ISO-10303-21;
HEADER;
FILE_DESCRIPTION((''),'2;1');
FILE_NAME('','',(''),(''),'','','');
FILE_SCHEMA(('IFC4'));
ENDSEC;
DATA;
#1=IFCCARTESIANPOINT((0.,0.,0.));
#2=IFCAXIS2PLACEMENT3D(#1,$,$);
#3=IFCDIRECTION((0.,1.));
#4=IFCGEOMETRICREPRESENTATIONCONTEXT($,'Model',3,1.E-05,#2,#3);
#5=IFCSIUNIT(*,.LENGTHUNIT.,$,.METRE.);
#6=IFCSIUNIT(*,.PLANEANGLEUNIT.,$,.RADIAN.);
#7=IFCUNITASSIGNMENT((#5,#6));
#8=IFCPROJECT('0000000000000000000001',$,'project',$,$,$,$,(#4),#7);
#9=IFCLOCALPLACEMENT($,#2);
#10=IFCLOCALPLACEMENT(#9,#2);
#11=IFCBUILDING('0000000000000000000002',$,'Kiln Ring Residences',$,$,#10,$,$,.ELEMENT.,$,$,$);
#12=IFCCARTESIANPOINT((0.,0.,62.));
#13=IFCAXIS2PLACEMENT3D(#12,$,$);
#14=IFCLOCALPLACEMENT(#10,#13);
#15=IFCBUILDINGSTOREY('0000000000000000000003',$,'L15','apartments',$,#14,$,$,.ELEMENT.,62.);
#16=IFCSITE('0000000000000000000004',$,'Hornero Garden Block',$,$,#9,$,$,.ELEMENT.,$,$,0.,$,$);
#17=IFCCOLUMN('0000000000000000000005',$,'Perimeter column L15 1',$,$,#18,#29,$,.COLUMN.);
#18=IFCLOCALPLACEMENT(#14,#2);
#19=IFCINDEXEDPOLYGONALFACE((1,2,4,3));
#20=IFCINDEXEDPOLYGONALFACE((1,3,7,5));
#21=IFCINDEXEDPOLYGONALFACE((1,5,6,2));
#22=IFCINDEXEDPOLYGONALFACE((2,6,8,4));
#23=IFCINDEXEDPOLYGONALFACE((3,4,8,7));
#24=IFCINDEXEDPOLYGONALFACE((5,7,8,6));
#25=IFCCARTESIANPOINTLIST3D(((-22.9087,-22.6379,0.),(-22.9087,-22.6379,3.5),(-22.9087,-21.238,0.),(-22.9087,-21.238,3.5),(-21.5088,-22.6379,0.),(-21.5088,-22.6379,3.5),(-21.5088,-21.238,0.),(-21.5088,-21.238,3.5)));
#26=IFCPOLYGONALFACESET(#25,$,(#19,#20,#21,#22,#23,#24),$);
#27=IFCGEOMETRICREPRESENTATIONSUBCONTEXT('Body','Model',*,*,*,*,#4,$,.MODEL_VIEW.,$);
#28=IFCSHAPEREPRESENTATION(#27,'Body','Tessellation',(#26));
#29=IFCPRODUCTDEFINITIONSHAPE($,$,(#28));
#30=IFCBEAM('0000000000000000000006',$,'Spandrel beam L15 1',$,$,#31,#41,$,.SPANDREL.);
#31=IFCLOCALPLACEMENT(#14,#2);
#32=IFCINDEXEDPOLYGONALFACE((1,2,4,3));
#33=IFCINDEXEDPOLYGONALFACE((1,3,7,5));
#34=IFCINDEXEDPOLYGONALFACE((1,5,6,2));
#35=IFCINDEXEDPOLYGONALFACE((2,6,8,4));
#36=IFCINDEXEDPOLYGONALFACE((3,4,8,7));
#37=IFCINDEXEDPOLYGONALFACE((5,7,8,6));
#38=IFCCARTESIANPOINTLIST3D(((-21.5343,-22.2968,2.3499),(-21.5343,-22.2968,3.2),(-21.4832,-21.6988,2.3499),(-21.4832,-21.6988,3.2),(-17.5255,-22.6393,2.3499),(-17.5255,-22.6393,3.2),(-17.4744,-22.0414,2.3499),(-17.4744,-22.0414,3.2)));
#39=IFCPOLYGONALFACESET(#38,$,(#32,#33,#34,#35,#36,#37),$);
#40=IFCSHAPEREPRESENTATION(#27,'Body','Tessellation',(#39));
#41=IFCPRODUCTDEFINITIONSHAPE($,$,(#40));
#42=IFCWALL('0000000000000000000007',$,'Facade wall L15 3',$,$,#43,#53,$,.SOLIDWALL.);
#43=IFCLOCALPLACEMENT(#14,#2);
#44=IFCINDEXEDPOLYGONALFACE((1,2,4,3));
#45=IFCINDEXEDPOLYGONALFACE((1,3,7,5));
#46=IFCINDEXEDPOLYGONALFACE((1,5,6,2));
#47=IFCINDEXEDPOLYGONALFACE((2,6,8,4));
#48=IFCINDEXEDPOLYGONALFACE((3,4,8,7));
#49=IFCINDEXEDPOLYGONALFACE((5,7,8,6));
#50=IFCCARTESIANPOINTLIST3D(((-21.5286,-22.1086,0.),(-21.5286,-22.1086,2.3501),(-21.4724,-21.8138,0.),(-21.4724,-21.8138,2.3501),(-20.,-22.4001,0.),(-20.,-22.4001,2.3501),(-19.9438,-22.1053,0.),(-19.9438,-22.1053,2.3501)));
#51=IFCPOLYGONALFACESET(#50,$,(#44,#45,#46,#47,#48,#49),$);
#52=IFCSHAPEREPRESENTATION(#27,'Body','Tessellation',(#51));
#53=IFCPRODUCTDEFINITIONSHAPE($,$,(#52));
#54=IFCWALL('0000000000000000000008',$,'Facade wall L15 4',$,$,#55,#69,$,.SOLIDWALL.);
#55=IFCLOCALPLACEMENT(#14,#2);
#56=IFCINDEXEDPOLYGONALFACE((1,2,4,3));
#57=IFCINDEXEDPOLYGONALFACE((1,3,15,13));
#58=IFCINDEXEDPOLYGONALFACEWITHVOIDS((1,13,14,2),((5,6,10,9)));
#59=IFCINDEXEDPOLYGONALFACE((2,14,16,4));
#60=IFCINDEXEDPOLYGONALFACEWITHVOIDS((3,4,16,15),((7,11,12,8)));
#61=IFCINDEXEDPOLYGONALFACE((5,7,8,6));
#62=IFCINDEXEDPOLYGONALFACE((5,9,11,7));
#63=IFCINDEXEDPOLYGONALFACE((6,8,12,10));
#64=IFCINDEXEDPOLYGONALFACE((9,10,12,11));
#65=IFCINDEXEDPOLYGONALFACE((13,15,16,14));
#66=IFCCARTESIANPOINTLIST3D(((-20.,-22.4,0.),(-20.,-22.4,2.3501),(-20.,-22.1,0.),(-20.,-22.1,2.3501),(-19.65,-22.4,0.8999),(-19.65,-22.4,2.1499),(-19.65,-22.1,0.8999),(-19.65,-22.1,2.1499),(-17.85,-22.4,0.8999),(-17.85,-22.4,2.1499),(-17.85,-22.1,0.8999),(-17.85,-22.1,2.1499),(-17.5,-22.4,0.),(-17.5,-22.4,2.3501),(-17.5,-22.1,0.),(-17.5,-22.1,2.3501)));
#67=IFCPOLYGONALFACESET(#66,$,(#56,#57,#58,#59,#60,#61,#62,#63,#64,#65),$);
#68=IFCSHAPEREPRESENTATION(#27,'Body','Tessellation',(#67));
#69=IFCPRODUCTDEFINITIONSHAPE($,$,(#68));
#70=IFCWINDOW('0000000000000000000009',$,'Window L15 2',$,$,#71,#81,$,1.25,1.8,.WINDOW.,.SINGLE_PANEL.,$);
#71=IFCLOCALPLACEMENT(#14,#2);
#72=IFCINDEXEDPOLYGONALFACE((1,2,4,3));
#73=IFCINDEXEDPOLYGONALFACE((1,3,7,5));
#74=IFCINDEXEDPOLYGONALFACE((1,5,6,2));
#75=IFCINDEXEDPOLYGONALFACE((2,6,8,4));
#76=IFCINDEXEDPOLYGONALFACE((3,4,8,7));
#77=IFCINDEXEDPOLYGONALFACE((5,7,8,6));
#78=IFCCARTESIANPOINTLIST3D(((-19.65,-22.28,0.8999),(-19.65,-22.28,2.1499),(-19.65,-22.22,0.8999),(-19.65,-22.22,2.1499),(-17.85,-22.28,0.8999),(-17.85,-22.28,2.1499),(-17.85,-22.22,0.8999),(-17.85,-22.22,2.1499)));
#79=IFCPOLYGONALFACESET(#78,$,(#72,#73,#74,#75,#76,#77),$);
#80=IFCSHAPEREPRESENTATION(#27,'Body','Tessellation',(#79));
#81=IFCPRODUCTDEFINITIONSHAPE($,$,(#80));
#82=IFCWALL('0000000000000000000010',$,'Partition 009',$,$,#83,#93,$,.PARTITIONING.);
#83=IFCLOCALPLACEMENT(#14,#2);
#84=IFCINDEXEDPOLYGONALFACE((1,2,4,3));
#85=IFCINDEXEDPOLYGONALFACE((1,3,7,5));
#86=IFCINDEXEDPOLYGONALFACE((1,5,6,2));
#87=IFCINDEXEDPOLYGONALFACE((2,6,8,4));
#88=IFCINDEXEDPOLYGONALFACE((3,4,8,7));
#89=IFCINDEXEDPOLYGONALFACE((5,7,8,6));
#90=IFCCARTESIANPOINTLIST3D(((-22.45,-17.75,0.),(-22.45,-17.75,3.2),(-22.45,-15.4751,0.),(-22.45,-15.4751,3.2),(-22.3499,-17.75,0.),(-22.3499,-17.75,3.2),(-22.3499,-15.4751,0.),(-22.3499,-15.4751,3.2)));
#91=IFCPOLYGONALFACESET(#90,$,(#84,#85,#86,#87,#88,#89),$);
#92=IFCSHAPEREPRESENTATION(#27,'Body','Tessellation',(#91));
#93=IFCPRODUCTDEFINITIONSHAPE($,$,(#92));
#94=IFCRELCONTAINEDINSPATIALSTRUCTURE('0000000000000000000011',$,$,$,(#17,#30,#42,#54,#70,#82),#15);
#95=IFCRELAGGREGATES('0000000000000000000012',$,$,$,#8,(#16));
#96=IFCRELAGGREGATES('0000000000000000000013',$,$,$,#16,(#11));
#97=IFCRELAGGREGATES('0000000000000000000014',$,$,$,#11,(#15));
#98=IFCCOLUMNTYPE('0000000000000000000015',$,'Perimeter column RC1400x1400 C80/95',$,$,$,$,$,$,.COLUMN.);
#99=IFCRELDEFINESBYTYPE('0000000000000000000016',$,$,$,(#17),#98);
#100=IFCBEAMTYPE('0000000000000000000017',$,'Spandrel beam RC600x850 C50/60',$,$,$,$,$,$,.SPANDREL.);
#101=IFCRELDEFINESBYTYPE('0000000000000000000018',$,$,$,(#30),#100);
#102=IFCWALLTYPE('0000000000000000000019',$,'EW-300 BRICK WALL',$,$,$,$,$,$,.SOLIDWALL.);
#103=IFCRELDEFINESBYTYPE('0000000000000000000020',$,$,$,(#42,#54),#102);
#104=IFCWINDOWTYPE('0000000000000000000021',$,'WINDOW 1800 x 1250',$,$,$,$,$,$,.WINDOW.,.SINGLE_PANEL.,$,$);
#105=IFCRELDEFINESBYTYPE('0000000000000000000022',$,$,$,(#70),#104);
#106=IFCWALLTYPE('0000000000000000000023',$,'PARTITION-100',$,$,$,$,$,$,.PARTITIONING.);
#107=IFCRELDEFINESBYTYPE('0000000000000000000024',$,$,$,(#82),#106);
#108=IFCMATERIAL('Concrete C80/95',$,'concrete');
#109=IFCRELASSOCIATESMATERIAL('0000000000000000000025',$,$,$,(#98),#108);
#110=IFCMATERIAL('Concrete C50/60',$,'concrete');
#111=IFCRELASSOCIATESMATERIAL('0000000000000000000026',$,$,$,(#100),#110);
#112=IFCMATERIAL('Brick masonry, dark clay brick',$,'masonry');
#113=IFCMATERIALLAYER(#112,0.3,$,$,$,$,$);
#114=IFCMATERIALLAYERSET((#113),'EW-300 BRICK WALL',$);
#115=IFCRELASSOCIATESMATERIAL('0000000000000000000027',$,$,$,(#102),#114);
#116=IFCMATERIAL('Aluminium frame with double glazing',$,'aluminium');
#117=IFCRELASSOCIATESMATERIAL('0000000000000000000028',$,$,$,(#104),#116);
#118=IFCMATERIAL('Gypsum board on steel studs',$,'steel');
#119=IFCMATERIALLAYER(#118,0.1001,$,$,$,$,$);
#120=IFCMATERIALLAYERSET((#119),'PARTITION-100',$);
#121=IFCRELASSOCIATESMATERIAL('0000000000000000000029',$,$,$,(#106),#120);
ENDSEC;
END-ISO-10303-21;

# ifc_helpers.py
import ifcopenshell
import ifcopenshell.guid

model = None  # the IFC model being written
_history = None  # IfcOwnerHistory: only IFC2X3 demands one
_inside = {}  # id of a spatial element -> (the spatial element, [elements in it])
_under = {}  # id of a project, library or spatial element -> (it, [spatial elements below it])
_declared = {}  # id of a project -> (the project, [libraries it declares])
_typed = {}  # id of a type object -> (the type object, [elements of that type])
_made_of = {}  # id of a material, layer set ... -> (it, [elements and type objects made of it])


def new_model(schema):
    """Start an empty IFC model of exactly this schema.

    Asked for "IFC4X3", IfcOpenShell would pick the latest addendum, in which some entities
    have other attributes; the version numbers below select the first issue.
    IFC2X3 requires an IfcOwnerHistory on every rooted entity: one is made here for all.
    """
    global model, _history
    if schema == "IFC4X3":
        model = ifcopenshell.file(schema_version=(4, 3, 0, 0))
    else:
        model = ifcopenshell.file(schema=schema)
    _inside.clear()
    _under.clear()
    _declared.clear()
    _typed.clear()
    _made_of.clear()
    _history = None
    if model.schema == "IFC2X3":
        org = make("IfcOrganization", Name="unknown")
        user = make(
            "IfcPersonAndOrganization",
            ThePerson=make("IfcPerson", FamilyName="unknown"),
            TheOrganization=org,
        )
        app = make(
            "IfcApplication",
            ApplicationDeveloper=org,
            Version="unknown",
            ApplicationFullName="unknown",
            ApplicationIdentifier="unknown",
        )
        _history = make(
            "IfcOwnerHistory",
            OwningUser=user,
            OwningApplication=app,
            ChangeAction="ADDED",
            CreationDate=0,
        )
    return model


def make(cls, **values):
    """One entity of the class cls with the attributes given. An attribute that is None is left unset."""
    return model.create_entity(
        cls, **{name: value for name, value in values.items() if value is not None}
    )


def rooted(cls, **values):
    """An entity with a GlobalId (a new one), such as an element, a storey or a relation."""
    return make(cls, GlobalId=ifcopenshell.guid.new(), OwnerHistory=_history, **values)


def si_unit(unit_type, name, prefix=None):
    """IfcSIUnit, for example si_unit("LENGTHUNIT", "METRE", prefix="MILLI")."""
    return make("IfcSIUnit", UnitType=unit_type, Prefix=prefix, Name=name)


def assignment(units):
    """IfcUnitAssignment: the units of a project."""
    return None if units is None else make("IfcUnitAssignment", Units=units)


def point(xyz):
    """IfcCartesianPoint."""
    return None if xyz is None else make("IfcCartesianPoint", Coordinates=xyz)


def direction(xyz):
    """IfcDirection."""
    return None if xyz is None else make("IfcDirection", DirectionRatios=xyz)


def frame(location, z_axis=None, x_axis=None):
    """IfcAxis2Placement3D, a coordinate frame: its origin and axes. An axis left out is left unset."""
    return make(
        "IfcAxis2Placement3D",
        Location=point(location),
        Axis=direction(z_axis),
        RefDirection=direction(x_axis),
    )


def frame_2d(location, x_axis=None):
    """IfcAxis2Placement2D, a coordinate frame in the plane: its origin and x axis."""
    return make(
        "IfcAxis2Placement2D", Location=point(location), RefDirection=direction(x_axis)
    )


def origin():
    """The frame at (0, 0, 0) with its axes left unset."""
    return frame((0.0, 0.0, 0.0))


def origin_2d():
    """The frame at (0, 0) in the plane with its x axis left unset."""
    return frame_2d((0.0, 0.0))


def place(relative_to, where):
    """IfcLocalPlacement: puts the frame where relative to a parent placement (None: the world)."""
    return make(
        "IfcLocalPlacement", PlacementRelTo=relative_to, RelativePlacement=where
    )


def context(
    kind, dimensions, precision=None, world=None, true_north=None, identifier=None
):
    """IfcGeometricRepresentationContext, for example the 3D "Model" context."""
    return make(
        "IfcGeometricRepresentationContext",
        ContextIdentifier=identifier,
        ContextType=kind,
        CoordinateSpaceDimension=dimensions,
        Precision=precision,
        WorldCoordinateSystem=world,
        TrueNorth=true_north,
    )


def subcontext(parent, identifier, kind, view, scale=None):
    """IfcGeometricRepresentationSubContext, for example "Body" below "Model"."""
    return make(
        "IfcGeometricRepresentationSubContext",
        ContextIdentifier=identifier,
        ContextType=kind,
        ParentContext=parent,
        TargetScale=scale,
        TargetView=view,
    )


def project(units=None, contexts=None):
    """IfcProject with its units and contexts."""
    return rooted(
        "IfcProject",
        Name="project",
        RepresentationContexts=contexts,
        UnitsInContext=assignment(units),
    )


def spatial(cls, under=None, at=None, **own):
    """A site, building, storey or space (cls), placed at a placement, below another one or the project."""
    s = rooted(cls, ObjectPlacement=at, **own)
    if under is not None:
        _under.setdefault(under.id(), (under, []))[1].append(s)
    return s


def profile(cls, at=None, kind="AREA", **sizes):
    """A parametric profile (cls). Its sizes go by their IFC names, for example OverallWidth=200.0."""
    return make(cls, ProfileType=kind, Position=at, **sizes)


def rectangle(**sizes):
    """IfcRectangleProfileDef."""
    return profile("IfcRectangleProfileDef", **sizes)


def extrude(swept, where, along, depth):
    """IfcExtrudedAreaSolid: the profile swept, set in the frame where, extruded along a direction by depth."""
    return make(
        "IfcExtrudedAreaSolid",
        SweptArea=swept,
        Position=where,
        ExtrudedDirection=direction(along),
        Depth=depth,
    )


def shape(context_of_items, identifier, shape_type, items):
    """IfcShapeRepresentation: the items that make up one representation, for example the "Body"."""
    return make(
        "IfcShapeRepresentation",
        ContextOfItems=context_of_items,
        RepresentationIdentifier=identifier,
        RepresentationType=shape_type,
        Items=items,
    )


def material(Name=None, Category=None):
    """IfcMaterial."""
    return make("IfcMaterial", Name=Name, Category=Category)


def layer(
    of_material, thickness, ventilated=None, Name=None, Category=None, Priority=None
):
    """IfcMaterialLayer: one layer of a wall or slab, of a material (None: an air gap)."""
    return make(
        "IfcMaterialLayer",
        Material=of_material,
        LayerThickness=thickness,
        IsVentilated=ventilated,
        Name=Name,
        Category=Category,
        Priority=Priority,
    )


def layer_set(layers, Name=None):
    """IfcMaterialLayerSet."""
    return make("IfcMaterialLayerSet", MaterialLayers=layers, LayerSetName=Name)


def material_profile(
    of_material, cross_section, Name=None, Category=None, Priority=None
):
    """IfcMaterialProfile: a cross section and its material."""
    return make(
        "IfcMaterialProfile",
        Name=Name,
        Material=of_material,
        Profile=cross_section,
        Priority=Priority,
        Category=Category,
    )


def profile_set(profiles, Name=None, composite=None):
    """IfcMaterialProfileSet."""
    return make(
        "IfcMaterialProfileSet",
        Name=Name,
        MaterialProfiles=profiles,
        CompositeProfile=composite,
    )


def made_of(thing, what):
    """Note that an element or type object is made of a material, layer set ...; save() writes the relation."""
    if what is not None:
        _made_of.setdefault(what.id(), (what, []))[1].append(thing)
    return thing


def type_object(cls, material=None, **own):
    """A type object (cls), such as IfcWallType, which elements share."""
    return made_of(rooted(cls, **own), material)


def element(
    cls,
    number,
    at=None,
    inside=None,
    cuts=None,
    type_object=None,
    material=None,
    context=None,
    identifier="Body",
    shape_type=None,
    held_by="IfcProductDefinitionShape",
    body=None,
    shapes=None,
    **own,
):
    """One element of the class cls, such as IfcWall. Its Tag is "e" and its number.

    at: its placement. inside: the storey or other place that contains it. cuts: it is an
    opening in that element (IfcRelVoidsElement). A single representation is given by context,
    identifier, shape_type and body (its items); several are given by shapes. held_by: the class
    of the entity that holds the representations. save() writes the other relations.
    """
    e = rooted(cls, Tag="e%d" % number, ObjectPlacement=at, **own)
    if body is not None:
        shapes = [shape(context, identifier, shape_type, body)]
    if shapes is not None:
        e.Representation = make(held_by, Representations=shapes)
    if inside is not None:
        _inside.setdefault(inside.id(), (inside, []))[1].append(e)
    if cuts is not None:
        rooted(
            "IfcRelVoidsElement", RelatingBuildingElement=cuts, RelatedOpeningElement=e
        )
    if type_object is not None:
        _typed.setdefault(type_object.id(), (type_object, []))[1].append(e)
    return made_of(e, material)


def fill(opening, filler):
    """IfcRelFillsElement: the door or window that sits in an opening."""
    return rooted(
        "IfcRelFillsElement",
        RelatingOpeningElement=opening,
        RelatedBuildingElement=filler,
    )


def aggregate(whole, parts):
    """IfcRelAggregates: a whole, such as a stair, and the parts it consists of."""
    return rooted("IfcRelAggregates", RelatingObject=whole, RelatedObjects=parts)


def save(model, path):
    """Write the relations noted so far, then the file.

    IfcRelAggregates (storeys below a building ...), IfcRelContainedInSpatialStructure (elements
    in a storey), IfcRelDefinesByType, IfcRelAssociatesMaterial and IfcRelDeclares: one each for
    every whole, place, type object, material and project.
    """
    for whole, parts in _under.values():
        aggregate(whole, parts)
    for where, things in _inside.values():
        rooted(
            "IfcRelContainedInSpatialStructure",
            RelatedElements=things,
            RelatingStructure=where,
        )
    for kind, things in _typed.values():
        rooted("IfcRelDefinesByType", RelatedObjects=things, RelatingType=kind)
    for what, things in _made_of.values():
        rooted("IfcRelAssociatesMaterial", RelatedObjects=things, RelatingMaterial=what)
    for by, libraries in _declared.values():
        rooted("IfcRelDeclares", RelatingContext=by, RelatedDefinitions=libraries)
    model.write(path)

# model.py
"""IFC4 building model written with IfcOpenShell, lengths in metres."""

from ifc_helpers import new_model, si_unit, direction, frame, frame_2d, origin, origin_2d, place, context, subcontext, project, spatial, rectangle, extrude, material, layer, layer_set, material_profile, profile_set, type_object, element, fill, save


model = new_model("IFC4")

# Units and contexts
model_context = context("Model", 3, precision=1e-05, world=origin(), true_north=direction((0.0, 1.0)))
body_context = subcontext(model_context, "Body", "Model", "MODEL_VIEW")
ifc_project = project(units=[si_unit("LENGTHUNIT", "METRE"), si_unit("PLANEANGLEUNIT", "RADIAN")], contexts=[model_context])

# Site, building, storey
site_placement = place(None, origin())
site = spatial("IfcSite", under=ifc_project, at=site_placement, Name="Hornero Garden Block", CompositionType="ELEMENT", RefElevation=0.0)
building_placement = place(site_placement, origin())
building = spatial("IfcBuilding", under=site, at=building_placement, Name="Kiln Ring Residences", CompositionType="ELEMENT")
storey_placement = place(building_placement, frame((0.0, 0.0, 62.0)))
storey = spatial("IfcBuildingStorey", under=building, at=storey_placement, Name="L15", Description="apartments", CompositionType="ELEMENT", Elevation=62.0)

# Column
ifc_material_1 = material(Name="Concrete C80/95", Category="concrete")
ifc_material_profile_1 = material_profile(ifc_material_1, rectangle(XDim=1.3999, YDim=1.3999, at=origin_2d()), Name="RC1400x1400")
ifc_profile_set_1 = profile_set([ifc_material_profile_1], Name="Concrete C80/95")
column_type = type_object("IfcColumnType", Name="Perimeter column RC1400x1400 C80/95", PredefinedType="COLUMN", material=ifc_profile_set_1)
column_placement = place(storey_placement, frame((-22.2087, -21.938, 0.0), z_axis=(0.0, 0.0, 1.0), x_axis=(1.0, 0.0, 0.0)))
element("IfcColumn", 1, at=column_placement, inside=storey, type_object=column_type, Name="Perimeter column L15 1", PredefinedType="COLUMN", context=body_context, shape_type="SweptSolid", body=[
    extrude(rectangle(XDim=1.3999, YDim=1.3999, at=origin_2d()), origin(), (0.0, 0.0, 1.0), 3.5),
])

# Beam
ifc_material_2 = material(Name="Concrete C50/60", Category="concrete")
ifc_material_profile_2 = material_profile(ifc_material_2, rectangle(XDim=0.6001, YDim=0.8501, at=origin_2d()), Name="RC600x850")
ifc_profile_set_2 = profile_set([ifc_material_profile_2], Name="Concrete C50/60")
beam_type = type_object("IfcBeamType", Name="Spandrel beam RC600x850 C50/60", PredefinedType="SPANDREL", material=ifc_profile_set_2)
beam_placement = place(storey_placement, frame((-21.5088, -21.9978, 2.7749), z_axis=(0.996369, -0.085134, 0.0), x_axis=(0.085134, 0.996369, 0.0)))
element("IfcBeam", 2, at=beam_placement, inside=storey, type_object=beam_type, Name="Spandrel beam L15 1", PredefinedType="SPANDREL", context=body_context, shape_type="SweptSolid", body=[
    extrude(rectangle(XDim=0.6001, YDim=0.8501, at=origin_2d()), origin(), (0.0, 0.0, 1.0), 4.0234),
])

# Wall
ifc_material_3 = material(Name="Brick masonry, dark clay brick", Category="masonry")
ifc_layer_1 = layer(ifc_material_3, 0.3)
ifc_layer_set_1 = layer_set([ifc_layer_1], Name="EW-300 BRICK WALL")
wall_type_1 = type_object("IfcWallType", Name="EW-300 BRICK WALL", PredefinedType="SOLIDWALL", material=ifc_layer_set_1)
wall_1_placement = place(storey_placement, frame((-21.5005, -21.9612, 0.0), z_axis=(0.0, 0.0, 1.0), x_axis=(0.982297, -0.187328, 0.0)))
element("IfcWall", 3, at=wall_1_placement, inside=storey, type_object=wall_type_1, Name="Facade wall L15 3", PredefinedType="SOLIDWALL", context=body_context, shape_type="SweptSolid", body=[
    extrude(rectangle(XDim=1.5562, YDim=0.3, at=frame_2d((0.7781, 0.0))), origin(), (0.0, 0.0, 1.0), 2.3501),
])

# Wall, opening, window
wall_2_placement = place(storey_placement, frame((-20.0, -22.25, 0.0), z_axis=(0.0, 0.0, 1.0), x_axis=(1.0, 0.0, 0.0)))
wall_2 = element("IfcWall", 4, at=wall_2_placement, inside=storey, type_object=wall_type_1, Name="Facade wall L15 4", PredefinedType="SOLIDWALL", context=body_context, shape_type="SweptSolid", body=[
    extrude(rectangle(XDim=2.5, YDim=0.3, at=frame_2d((1.25, 0.0))), origin(), (0.0, 0.0, 1.0), 2.3501),
])
opening_placement = place(wall_2_placement, frame((0.3501, 0.0, 0.8999)))
opening = element("IfcOpeningElement", 5, at=opening_placement, cuts=wall_2, PredefinedType="OPENING", context=body_context, shape_type="SweptSolid", body=[
    extrude(rectangle(XDim=1.8, YDim=1.25, at=frame_2d((0.8999, 0.625))), frame((0.0, 0.1599, 0.0), z_axis=(0.0, -1.0, 0.0), x_axis=(1.0, 0.0, 0.0)), (0.0, 0.0, 1.0), 0.3201),
])
ifc_material_4 = material(Name="Aluminium frame with double glazing", Category="aluminium")
window_type = type_object("IfcWindowType", Name="WINDOW 1800 x 1250", PartitioningType="SINGLE_PANEL", PredefinedType="WINDOW", material=ifc_material_4)
window_placement = place(opening_placement, origin())
window = element("IfcWindow", 6, at=window_placement, inside=storey, type_object=window_type, Name="Window L15 2", OverallHeight=1.25, OverallWidth=1.8, PartitioningType="SINGLE_PANEL", PredefinedType="WINDOW", context=body_context, shape_type="SweptSolid", body=[
    extrude(rectangle(XDim=1.8, YDim=1.25, at=frame_2d((0.8999, 0.625))), frame((0.0, 0.03, 0.0), z_axis=(0.0, -1.0, 0.0), x_axis=(1.0, 0.0, 0.0)), (0.0, 0.0, 1.0), 0.0601),
])
fill(opening, window)

# Wall
ifc_material_5 = material(Name="Gypsum board on steel studs", Category="steel")
ifc_layer_2 = layer(ifc_material_5, 0.1001)
ifc_layer_set_2 = layer_set([ifc_layer_2], Name="PARTITION-100")
wall_type_2 = type_object("IfcWallType", Name="PARTITION-100", PredefinedType="PARTITIONING", material=ifc_layer_set_2)
wall_3_placement = place(storey_placement, frame((-22.3999, -17.75, 0.0), z_axis=(0.0, 0.0, 1.0), x_axis=(0.0, 1.0, 0.0)))
element("IfcWall", 7, at=wall_3_placement, inside=storey, type_object=wall_type_2, Name="Partition 009", PredefinedType="PARTITIONING", context=body_context, shape_type="SweptSolid", body=[
    extrude(rectangle(XDim=2.2749, YDim=0.1001, at=frame_2d((1.1375, 0.0))), origin(), (0.0, 0.0, 1.0), 3.2),
])

save(model, "model.ifc")
